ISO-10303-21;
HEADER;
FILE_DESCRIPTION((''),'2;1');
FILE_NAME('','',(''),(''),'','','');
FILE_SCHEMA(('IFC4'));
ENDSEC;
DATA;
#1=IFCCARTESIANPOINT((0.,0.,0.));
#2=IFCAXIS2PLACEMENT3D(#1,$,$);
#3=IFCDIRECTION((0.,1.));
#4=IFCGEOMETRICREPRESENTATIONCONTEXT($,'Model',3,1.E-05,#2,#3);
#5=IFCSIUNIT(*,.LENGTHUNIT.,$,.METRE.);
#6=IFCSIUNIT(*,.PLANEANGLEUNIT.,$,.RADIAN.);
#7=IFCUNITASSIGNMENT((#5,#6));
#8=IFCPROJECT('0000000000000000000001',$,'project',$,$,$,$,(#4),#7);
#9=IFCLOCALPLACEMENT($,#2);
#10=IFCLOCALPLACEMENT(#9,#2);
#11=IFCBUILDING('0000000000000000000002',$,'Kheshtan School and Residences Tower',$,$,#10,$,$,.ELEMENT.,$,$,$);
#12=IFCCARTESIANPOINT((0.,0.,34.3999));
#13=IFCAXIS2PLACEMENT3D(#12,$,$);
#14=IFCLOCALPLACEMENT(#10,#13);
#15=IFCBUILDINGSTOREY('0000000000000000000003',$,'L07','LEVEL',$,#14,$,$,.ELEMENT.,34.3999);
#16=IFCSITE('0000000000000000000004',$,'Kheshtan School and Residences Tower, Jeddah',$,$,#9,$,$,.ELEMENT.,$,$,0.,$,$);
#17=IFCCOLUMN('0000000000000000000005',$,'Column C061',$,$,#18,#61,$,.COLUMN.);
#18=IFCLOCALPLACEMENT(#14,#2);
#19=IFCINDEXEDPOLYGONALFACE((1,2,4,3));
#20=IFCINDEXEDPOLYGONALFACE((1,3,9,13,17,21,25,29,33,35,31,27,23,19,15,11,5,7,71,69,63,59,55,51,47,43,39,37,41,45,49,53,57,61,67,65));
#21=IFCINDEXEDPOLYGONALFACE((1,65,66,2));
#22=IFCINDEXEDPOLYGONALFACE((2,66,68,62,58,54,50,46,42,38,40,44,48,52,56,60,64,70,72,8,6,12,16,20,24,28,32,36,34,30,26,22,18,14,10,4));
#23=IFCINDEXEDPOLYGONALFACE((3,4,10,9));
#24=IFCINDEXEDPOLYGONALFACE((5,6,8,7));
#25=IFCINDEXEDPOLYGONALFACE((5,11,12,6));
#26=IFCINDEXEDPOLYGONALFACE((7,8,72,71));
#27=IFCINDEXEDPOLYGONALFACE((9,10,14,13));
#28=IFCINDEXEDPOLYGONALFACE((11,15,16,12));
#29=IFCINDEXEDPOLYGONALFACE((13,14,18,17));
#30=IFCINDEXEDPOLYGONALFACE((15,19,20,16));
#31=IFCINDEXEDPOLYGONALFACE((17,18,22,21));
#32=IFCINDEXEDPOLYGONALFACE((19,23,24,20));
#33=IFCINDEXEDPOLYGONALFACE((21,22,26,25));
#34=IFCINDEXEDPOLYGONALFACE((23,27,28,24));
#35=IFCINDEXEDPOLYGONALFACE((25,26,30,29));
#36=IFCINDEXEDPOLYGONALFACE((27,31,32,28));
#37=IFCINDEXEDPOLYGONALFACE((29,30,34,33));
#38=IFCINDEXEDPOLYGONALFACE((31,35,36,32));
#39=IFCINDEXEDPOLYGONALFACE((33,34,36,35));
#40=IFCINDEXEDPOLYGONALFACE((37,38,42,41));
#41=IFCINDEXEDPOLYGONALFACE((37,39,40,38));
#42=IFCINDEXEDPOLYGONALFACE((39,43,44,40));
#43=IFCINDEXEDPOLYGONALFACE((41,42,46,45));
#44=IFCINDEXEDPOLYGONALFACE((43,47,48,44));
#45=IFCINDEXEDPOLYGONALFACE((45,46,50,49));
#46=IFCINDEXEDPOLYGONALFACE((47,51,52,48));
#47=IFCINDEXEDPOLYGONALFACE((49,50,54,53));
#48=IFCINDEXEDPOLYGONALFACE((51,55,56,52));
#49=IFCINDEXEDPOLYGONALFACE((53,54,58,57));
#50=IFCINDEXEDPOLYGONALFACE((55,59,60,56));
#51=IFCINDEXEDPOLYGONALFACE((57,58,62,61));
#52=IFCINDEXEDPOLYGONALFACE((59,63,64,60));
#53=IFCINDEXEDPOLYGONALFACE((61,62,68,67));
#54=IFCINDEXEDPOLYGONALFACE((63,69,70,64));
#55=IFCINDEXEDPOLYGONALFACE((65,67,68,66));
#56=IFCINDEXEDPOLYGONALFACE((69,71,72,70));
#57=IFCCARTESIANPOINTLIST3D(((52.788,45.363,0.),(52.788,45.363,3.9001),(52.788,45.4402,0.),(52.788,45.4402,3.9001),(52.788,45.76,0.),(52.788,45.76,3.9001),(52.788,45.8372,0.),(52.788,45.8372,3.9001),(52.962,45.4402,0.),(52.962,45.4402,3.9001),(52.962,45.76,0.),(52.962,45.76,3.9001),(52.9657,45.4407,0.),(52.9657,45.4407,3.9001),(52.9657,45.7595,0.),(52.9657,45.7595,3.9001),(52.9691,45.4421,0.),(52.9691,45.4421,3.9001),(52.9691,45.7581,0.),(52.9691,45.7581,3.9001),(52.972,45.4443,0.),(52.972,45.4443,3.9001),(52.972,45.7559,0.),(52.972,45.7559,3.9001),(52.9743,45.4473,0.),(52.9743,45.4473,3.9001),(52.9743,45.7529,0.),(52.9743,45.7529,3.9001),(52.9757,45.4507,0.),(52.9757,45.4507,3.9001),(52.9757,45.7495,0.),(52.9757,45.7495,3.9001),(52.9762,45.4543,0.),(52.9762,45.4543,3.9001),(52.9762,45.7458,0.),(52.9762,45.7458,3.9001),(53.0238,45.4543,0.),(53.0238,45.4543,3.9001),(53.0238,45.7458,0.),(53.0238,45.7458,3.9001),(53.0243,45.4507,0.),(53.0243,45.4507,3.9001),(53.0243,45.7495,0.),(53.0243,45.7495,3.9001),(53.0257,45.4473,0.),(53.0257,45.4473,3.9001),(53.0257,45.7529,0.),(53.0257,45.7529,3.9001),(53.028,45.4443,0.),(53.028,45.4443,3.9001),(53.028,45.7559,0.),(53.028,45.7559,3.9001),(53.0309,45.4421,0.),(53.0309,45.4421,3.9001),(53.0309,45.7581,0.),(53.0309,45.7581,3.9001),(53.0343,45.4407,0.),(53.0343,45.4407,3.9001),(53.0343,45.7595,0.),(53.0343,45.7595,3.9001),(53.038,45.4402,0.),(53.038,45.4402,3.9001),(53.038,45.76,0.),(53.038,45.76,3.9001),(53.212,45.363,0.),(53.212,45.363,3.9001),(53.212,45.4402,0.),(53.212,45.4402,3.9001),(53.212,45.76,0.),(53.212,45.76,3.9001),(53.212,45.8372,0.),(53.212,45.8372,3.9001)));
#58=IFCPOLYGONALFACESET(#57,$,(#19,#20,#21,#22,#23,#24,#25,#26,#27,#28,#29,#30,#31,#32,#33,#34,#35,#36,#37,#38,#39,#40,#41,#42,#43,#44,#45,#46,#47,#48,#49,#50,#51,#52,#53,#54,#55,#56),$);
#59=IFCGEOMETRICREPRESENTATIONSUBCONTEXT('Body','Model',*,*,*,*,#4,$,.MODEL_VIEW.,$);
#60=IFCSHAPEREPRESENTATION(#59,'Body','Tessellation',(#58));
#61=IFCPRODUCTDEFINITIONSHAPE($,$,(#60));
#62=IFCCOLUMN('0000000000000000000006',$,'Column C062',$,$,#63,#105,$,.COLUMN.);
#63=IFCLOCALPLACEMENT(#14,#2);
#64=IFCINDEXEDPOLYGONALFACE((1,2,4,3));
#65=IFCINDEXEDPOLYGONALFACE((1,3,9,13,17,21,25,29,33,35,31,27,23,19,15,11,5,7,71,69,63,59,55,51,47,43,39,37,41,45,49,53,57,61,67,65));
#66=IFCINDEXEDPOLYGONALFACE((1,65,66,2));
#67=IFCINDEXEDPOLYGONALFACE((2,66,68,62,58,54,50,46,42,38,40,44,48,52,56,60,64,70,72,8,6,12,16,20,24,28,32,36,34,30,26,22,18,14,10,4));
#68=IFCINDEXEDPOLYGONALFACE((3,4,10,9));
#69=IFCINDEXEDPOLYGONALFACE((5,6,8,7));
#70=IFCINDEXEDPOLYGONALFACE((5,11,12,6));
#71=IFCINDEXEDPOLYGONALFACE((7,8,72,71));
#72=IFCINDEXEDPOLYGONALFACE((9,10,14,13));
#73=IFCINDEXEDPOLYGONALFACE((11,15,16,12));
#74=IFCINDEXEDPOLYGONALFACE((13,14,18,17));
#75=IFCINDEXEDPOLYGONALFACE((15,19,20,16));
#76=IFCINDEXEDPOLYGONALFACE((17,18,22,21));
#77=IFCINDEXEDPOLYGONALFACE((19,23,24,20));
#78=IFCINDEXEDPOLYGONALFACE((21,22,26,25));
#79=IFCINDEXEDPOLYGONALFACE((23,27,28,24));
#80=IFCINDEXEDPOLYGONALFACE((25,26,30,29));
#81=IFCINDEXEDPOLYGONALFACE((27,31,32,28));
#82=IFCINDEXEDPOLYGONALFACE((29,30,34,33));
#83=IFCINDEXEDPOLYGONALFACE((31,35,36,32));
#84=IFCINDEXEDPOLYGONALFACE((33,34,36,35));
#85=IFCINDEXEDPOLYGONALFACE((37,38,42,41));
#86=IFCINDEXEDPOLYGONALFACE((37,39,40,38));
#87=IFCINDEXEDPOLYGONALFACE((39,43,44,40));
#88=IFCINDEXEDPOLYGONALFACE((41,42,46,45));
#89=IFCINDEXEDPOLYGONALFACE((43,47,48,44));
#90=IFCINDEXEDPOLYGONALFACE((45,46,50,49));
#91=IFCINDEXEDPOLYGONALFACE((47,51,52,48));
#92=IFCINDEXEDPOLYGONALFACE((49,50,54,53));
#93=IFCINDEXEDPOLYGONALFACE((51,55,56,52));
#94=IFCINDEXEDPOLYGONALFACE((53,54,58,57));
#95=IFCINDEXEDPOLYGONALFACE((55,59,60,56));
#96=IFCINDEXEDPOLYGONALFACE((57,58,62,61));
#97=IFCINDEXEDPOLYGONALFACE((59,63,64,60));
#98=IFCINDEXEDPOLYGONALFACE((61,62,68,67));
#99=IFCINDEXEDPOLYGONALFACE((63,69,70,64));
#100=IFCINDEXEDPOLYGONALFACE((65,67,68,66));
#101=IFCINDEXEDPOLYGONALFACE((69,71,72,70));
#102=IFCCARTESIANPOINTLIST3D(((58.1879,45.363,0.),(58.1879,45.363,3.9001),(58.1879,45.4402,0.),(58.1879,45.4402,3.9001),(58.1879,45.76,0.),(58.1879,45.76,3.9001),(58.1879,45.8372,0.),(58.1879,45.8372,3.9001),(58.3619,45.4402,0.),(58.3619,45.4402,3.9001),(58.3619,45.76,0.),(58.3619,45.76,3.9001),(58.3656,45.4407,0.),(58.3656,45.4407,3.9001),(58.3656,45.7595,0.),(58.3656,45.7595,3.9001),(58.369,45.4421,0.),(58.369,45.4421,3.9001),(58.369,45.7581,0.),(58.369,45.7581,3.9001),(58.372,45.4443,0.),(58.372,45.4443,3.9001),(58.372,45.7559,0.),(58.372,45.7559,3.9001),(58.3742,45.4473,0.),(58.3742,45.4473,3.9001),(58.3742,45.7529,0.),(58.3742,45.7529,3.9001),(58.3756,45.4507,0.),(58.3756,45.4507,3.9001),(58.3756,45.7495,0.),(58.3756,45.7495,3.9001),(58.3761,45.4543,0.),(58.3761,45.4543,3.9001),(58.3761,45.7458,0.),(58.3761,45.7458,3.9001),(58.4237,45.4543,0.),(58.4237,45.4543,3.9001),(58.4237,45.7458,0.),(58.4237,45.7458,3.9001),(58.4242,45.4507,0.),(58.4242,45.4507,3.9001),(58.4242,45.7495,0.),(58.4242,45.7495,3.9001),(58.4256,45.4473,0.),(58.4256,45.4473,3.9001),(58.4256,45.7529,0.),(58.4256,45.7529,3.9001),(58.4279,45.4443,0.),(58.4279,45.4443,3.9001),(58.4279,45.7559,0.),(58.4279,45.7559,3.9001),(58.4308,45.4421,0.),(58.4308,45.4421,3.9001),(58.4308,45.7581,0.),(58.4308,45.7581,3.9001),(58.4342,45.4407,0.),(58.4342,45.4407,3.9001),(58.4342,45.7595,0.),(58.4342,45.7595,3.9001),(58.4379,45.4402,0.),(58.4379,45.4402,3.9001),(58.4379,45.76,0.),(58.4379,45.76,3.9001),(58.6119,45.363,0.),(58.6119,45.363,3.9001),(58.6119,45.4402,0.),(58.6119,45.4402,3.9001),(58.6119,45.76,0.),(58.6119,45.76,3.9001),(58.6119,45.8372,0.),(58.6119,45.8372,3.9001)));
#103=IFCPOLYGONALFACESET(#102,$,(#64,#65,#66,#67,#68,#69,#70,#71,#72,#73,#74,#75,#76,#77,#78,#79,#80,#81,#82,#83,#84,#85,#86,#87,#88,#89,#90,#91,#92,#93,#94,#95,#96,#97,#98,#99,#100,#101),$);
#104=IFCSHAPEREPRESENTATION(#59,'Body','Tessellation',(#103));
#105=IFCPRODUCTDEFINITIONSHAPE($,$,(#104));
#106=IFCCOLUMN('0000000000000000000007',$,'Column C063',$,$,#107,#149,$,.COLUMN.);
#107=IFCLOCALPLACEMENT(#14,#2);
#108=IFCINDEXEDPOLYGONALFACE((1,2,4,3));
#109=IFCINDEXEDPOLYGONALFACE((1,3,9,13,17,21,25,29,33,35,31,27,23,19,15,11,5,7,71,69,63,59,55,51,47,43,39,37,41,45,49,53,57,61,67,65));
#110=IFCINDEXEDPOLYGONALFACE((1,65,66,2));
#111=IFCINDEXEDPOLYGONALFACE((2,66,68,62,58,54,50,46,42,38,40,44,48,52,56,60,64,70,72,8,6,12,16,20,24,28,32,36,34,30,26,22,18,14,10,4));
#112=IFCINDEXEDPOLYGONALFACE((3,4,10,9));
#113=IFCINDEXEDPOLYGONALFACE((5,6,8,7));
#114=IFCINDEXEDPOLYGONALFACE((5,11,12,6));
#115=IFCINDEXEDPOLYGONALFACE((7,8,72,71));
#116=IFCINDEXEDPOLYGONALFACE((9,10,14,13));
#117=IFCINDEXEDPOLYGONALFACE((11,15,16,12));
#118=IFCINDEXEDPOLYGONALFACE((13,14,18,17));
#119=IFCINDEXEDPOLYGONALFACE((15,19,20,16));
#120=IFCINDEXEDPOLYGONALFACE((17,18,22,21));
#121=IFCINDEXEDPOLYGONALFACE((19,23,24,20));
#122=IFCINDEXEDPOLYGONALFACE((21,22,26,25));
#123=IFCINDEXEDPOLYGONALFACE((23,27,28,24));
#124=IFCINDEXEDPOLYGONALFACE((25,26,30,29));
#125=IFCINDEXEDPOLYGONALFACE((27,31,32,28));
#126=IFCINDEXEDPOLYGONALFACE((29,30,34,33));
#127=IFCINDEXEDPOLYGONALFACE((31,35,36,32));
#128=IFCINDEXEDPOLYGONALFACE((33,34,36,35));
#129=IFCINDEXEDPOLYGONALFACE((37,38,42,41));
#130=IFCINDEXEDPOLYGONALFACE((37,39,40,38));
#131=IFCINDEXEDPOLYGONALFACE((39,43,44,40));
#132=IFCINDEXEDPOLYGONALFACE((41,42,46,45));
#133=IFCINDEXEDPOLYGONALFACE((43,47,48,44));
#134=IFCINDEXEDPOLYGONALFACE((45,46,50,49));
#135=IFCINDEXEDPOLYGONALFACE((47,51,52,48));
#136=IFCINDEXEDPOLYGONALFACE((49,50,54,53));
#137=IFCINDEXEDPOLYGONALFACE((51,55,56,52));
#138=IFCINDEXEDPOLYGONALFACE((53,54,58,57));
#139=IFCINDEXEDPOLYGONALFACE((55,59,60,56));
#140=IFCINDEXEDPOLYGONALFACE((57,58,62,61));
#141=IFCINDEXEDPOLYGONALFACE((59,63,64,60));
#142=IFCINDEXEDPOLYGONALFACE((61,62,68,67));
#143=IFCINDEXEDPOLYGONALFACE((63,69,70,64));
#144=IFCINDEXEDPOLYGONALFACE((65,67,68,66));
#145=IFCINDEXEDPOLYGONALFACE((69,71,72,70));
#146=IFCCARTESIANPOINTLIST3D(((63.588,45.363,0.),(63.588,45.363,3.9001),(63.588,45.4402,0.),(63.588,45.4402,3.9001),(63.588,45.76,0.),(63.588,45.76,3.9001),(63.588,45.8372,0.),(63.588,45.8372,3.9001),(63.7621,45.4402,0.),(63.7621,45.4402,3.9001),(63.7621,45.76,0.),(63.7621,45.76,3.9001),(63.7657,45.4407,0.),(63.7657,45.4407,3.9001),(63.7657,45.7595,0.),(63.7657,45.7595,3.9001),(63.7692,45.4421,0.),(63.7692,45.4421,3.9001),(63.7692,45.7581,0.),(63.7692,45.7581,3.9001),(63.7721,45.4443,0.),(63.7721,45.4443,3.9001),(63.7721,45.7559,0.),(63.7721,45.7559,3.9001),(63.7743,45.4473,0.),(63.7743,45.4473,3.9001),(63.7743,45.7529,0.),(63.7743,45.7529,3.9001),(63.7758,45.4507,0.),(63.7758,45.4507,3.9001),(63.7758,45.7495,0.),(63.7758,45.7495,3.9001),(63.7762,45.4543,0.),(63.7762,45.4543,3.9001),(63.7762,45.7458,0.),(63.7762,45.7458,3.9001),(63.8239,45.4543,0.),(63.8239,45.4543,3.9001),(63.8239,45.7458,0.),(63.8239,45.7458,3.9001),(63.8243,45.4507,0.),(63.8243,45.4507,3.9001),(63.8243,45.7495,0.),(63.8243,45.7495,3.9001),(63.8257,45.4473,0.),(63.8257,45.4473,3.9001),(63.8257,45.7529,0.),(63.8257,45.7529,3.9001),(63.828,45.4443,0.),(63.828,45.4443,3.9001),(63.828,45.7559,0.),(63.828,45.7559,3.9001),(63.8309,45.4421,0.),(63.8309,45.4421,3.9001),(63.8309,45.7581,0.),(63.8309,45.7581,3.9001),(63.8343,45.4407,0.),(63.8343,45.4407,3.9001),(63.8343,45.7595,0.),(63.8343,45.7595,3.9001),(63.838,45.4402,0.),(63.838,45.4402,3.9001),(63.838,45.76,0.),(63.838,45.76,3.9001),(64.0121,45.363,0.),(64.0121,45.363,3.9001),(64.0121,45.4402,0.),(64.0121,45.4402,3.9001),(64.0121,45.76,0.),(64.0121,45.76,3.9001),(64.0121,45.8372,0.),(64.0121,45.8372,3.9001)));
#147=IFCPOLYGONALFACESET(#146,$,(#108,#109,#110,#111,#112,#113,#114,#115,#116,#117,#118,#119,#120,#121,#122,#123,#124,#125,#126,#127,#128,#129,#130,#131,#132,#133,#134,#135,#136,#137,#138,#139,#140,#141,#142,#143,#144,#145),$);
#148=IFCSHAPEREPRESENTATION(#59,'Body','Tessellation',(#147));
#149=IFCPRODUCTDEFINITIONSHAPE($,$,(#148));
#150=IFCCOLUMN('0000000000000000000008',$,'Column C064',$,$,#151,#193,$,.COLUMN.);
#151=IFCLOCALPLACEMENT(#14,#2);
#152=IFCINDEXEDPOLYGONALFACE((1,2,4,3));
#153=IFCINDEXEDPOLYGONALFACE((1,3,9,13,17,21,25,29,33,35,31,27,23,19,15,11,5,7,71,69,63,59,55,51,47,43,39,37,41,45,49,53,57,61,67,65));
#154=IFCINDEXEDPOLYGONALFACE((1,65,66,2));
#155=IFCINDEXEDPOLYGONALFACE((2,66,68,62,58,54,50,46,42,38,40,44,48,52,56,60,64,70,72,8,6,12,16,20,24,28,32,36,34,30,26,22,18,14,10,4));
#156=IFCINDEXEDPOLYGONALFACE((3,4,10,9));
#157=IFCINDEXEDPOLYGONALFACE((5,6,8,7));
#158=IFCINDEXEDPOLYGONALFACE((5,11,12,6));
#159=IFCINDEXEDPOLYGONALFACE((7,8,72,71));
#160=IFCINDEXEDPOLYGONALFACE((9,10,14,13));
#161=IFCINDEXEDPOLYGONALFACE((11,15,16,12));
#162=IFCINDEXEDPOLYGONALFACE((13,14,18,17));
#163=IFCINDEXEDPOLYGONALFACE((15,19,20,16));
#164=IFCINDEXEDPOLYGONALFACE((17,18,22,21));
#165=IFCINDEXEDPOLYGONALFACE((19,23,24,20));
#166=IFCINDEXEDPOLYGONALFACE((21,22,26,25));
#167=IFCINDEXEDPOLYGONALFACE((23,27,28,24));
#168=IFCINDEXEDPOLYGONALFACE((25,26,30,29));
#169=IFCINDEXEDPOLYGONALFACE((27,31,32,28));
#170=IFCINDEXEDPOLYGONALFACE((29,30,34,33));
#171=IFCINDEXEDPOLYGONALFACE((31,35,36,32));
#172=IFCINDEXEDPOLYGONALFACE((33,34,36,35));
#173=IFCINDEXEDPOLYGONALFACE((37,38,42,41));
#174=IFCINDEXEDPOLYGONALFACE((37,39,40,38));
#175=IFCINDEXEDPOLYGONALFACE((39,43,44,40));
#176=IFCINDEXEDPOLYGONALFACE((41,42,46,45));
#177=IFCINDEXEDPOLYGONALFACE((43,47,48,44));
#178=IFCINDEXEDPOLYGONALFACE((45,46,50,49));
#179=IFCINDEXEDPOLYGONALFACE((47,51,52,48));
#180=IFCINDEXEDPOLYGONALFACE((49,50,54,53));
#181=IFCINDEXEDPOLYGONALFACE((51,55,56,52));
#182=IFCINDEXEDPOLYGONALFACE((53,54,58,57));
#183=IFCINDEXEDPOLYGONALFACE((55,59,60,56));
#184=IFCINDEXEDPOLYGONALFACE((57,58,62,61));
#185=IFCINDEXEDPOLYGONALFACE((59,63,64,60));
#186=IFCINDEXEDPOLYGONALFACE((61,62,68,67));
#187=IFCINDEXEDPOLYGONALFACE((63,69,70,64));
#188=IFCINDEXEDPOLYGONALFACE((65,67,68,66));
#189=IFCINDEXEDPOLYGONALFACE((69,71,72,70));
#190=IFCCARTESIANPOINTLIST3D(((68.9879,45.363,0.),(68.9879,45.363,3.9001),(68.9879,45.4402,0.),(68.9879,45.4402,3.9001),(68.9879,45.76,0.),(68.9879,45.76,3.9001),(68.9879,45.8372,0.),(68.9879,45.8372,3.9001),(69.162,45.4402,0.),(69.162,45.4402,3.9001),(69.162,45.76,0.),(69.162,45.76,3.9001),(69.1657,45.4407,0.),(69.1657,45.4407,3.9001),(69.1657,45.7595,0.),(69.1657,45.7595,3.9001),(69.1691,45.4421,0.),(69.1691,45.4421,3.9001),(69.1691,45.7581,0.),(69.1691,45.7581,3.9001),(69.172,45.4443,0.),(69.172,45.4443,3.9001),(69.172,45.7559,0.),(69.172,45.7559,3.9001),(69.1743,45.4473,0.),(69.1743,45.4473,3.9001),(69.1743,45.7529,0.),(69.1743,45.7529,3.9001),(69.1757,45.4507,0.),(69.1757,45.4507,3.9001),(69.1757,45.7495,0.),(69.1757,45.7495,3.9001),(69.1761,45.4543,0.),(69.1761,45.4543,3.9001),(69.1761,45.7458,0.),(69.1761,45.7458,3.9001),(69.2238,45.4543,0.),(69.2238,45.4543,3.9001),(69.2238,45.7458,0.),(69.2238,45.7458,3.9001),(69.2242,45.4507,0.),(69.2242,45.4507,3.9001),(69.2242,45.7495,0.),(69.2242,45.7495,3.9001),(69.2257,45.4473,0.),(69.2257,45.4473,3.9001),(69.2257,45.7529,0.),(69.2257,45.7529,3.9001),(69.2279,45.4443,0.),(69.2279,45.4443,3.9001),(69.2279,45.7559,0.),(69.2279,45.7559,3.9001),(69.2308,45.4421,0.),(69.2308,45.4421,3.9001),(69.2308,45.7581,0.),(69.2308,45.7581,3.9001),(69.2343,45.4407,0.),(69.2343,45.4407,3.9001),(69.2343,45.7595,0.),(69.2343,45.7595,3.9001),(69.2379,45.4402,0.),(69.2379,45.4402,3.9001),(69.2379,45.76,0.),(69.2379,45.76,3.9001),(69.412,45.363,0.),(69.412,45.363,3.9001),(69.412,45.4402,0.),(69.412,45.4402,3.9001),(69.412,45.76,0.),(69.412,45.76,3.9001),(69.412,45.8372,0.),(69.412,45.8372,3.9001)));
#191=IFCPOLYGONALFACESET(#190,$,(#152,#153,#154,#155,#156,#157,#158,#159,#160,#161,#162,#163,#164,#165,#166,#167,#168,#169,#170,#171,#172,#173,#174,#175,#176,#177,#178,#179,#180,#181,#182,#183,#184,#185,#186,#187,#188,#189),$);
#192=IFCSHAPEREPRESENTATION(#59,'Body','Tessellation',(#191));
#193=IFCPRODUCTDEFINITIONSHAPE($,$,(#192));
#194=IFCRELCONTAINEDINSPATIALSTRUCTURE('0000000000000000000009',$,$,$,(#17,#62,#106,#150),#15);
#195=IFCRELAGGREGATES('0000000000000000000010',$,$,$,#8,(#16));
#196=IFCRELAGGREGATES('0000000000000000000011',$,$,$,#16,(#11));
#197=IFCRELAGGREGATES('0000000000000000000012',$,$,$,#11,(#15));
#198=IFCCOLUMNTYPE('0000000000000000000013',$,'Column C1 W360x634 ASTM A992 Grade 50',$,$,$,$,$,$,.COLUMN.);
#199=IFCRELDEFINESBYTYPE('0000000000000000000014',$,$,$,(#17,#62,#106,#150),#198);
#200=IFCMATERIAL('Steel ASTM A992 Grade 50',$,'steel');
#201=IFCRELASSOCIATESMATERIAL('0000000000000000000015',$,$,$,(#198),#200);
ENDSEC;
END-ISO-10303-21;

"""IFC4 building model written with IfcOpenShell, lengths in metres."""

from ifc_helpers import new_model, si_unit, direction, frame, origin, origin_2d, place, context, subcontext, project, spatial, i_section, extrude, material, material_profile, profile_set, type_object, element, save


model = new_model("IFC4")

# Units and contexts
model_context = context("Model", 3, precision=1e-05, world=origin(), true_north=direction((0.0, 1.0)))
body_context = subcontext(model_context, "Body", "Model", "MODEL_VIEW")
ifc_project = project(units=[si_unit("LENGTHUNIT", "METRE"), si_unit("PLANEANGLEUNIT", "RADIAN")], contexts=[model_context])

# Site, building, storey
site_placement = place(None, origin())
site = spatial("IfcSite", under=ifc_project, at=site_placement, Name="Kheshtan School and Residences Tower, Jeddah", CompositionType="ELEMENT", RefElevation=0.0)
building_placement = place(site_placement, origin())
building = spatial("IfcBuilding", under=site, at=building_placement, Name="Kheshtan School and Residences Tower", CompositionType="ELEMENT")
storey_placement = place(building_placement, frame((0.0, 0.0, 34.3999)))
storey = spatial("IfcBuildingStorey", under=building, at=storey_placement, Name="L07", Description="LEVEL", CompositionType="ELEMENT", Elevation=34.3999)

# Columns
ifc_material_1 = material(Name="Steel ASTM A992 Grade 50", Category="steel")
ifc_material_profile_1 = material_profile(ifc_material_1, i_section(OverallWidth=0.4241, OverallDepth=0.4741, WebThickness=0.0476, FlangeThickness=0.0771, FilletRadius=0.0142, at=origin_2d()), Name="W360x634")
ifc_profile_set_1 = profile_set([ifc_material_profile_1], Name="Steel ASTM A992 Grade 50")
column_type = type_object("IfcColumnType", Name="Column C1 W360x634 ASTM A992 Grade 50", PredefinedType="COLUMN", material=ifc_profile_set_1)
for number, where, z_axis, x_axis, name in (
    (1, (53.0, 45.6001, 0.0), (0.0, 0.0, 1.0), (1.0, 0.0, 0.0), "Column C061"),
    (2, (58.3999, 45.6001, 0.0), (0.0, 0.0, 1.0), (1.0, 0.0, 0.0), "Column C062"),
    (3, (63.8, 45.6001, 0.0), (0.0, 0.0, 1.0), (1.0, 0.0, 0.0), "Column C063"),
    (4, (69.2, 45.6001, 0.0), (0.0, 0.0, 1.0), (1.0, 0.0, 0.0), "Column C064"),
):
    element("IfcColumn", number, at=place(storey_placement, frame(where, z_axis=z_axis, x_axis=x_axis)), inside=storey, type_object=column_type, Name=name, PredefinedType="COLUMN", context=body_context, shape_type="SweptSolid", body=[
        extrude(i_section(OverallWidth=0.4241, OverallDepth=0.4741, WebThickness=0.0476, FlangeThickness=0.0771, FilletRadius=0.0142, at=origin_2d()), origin(), (0.0, 0.0, 1.0), 3.9001),
    ])

save(model, "model.ifc")
